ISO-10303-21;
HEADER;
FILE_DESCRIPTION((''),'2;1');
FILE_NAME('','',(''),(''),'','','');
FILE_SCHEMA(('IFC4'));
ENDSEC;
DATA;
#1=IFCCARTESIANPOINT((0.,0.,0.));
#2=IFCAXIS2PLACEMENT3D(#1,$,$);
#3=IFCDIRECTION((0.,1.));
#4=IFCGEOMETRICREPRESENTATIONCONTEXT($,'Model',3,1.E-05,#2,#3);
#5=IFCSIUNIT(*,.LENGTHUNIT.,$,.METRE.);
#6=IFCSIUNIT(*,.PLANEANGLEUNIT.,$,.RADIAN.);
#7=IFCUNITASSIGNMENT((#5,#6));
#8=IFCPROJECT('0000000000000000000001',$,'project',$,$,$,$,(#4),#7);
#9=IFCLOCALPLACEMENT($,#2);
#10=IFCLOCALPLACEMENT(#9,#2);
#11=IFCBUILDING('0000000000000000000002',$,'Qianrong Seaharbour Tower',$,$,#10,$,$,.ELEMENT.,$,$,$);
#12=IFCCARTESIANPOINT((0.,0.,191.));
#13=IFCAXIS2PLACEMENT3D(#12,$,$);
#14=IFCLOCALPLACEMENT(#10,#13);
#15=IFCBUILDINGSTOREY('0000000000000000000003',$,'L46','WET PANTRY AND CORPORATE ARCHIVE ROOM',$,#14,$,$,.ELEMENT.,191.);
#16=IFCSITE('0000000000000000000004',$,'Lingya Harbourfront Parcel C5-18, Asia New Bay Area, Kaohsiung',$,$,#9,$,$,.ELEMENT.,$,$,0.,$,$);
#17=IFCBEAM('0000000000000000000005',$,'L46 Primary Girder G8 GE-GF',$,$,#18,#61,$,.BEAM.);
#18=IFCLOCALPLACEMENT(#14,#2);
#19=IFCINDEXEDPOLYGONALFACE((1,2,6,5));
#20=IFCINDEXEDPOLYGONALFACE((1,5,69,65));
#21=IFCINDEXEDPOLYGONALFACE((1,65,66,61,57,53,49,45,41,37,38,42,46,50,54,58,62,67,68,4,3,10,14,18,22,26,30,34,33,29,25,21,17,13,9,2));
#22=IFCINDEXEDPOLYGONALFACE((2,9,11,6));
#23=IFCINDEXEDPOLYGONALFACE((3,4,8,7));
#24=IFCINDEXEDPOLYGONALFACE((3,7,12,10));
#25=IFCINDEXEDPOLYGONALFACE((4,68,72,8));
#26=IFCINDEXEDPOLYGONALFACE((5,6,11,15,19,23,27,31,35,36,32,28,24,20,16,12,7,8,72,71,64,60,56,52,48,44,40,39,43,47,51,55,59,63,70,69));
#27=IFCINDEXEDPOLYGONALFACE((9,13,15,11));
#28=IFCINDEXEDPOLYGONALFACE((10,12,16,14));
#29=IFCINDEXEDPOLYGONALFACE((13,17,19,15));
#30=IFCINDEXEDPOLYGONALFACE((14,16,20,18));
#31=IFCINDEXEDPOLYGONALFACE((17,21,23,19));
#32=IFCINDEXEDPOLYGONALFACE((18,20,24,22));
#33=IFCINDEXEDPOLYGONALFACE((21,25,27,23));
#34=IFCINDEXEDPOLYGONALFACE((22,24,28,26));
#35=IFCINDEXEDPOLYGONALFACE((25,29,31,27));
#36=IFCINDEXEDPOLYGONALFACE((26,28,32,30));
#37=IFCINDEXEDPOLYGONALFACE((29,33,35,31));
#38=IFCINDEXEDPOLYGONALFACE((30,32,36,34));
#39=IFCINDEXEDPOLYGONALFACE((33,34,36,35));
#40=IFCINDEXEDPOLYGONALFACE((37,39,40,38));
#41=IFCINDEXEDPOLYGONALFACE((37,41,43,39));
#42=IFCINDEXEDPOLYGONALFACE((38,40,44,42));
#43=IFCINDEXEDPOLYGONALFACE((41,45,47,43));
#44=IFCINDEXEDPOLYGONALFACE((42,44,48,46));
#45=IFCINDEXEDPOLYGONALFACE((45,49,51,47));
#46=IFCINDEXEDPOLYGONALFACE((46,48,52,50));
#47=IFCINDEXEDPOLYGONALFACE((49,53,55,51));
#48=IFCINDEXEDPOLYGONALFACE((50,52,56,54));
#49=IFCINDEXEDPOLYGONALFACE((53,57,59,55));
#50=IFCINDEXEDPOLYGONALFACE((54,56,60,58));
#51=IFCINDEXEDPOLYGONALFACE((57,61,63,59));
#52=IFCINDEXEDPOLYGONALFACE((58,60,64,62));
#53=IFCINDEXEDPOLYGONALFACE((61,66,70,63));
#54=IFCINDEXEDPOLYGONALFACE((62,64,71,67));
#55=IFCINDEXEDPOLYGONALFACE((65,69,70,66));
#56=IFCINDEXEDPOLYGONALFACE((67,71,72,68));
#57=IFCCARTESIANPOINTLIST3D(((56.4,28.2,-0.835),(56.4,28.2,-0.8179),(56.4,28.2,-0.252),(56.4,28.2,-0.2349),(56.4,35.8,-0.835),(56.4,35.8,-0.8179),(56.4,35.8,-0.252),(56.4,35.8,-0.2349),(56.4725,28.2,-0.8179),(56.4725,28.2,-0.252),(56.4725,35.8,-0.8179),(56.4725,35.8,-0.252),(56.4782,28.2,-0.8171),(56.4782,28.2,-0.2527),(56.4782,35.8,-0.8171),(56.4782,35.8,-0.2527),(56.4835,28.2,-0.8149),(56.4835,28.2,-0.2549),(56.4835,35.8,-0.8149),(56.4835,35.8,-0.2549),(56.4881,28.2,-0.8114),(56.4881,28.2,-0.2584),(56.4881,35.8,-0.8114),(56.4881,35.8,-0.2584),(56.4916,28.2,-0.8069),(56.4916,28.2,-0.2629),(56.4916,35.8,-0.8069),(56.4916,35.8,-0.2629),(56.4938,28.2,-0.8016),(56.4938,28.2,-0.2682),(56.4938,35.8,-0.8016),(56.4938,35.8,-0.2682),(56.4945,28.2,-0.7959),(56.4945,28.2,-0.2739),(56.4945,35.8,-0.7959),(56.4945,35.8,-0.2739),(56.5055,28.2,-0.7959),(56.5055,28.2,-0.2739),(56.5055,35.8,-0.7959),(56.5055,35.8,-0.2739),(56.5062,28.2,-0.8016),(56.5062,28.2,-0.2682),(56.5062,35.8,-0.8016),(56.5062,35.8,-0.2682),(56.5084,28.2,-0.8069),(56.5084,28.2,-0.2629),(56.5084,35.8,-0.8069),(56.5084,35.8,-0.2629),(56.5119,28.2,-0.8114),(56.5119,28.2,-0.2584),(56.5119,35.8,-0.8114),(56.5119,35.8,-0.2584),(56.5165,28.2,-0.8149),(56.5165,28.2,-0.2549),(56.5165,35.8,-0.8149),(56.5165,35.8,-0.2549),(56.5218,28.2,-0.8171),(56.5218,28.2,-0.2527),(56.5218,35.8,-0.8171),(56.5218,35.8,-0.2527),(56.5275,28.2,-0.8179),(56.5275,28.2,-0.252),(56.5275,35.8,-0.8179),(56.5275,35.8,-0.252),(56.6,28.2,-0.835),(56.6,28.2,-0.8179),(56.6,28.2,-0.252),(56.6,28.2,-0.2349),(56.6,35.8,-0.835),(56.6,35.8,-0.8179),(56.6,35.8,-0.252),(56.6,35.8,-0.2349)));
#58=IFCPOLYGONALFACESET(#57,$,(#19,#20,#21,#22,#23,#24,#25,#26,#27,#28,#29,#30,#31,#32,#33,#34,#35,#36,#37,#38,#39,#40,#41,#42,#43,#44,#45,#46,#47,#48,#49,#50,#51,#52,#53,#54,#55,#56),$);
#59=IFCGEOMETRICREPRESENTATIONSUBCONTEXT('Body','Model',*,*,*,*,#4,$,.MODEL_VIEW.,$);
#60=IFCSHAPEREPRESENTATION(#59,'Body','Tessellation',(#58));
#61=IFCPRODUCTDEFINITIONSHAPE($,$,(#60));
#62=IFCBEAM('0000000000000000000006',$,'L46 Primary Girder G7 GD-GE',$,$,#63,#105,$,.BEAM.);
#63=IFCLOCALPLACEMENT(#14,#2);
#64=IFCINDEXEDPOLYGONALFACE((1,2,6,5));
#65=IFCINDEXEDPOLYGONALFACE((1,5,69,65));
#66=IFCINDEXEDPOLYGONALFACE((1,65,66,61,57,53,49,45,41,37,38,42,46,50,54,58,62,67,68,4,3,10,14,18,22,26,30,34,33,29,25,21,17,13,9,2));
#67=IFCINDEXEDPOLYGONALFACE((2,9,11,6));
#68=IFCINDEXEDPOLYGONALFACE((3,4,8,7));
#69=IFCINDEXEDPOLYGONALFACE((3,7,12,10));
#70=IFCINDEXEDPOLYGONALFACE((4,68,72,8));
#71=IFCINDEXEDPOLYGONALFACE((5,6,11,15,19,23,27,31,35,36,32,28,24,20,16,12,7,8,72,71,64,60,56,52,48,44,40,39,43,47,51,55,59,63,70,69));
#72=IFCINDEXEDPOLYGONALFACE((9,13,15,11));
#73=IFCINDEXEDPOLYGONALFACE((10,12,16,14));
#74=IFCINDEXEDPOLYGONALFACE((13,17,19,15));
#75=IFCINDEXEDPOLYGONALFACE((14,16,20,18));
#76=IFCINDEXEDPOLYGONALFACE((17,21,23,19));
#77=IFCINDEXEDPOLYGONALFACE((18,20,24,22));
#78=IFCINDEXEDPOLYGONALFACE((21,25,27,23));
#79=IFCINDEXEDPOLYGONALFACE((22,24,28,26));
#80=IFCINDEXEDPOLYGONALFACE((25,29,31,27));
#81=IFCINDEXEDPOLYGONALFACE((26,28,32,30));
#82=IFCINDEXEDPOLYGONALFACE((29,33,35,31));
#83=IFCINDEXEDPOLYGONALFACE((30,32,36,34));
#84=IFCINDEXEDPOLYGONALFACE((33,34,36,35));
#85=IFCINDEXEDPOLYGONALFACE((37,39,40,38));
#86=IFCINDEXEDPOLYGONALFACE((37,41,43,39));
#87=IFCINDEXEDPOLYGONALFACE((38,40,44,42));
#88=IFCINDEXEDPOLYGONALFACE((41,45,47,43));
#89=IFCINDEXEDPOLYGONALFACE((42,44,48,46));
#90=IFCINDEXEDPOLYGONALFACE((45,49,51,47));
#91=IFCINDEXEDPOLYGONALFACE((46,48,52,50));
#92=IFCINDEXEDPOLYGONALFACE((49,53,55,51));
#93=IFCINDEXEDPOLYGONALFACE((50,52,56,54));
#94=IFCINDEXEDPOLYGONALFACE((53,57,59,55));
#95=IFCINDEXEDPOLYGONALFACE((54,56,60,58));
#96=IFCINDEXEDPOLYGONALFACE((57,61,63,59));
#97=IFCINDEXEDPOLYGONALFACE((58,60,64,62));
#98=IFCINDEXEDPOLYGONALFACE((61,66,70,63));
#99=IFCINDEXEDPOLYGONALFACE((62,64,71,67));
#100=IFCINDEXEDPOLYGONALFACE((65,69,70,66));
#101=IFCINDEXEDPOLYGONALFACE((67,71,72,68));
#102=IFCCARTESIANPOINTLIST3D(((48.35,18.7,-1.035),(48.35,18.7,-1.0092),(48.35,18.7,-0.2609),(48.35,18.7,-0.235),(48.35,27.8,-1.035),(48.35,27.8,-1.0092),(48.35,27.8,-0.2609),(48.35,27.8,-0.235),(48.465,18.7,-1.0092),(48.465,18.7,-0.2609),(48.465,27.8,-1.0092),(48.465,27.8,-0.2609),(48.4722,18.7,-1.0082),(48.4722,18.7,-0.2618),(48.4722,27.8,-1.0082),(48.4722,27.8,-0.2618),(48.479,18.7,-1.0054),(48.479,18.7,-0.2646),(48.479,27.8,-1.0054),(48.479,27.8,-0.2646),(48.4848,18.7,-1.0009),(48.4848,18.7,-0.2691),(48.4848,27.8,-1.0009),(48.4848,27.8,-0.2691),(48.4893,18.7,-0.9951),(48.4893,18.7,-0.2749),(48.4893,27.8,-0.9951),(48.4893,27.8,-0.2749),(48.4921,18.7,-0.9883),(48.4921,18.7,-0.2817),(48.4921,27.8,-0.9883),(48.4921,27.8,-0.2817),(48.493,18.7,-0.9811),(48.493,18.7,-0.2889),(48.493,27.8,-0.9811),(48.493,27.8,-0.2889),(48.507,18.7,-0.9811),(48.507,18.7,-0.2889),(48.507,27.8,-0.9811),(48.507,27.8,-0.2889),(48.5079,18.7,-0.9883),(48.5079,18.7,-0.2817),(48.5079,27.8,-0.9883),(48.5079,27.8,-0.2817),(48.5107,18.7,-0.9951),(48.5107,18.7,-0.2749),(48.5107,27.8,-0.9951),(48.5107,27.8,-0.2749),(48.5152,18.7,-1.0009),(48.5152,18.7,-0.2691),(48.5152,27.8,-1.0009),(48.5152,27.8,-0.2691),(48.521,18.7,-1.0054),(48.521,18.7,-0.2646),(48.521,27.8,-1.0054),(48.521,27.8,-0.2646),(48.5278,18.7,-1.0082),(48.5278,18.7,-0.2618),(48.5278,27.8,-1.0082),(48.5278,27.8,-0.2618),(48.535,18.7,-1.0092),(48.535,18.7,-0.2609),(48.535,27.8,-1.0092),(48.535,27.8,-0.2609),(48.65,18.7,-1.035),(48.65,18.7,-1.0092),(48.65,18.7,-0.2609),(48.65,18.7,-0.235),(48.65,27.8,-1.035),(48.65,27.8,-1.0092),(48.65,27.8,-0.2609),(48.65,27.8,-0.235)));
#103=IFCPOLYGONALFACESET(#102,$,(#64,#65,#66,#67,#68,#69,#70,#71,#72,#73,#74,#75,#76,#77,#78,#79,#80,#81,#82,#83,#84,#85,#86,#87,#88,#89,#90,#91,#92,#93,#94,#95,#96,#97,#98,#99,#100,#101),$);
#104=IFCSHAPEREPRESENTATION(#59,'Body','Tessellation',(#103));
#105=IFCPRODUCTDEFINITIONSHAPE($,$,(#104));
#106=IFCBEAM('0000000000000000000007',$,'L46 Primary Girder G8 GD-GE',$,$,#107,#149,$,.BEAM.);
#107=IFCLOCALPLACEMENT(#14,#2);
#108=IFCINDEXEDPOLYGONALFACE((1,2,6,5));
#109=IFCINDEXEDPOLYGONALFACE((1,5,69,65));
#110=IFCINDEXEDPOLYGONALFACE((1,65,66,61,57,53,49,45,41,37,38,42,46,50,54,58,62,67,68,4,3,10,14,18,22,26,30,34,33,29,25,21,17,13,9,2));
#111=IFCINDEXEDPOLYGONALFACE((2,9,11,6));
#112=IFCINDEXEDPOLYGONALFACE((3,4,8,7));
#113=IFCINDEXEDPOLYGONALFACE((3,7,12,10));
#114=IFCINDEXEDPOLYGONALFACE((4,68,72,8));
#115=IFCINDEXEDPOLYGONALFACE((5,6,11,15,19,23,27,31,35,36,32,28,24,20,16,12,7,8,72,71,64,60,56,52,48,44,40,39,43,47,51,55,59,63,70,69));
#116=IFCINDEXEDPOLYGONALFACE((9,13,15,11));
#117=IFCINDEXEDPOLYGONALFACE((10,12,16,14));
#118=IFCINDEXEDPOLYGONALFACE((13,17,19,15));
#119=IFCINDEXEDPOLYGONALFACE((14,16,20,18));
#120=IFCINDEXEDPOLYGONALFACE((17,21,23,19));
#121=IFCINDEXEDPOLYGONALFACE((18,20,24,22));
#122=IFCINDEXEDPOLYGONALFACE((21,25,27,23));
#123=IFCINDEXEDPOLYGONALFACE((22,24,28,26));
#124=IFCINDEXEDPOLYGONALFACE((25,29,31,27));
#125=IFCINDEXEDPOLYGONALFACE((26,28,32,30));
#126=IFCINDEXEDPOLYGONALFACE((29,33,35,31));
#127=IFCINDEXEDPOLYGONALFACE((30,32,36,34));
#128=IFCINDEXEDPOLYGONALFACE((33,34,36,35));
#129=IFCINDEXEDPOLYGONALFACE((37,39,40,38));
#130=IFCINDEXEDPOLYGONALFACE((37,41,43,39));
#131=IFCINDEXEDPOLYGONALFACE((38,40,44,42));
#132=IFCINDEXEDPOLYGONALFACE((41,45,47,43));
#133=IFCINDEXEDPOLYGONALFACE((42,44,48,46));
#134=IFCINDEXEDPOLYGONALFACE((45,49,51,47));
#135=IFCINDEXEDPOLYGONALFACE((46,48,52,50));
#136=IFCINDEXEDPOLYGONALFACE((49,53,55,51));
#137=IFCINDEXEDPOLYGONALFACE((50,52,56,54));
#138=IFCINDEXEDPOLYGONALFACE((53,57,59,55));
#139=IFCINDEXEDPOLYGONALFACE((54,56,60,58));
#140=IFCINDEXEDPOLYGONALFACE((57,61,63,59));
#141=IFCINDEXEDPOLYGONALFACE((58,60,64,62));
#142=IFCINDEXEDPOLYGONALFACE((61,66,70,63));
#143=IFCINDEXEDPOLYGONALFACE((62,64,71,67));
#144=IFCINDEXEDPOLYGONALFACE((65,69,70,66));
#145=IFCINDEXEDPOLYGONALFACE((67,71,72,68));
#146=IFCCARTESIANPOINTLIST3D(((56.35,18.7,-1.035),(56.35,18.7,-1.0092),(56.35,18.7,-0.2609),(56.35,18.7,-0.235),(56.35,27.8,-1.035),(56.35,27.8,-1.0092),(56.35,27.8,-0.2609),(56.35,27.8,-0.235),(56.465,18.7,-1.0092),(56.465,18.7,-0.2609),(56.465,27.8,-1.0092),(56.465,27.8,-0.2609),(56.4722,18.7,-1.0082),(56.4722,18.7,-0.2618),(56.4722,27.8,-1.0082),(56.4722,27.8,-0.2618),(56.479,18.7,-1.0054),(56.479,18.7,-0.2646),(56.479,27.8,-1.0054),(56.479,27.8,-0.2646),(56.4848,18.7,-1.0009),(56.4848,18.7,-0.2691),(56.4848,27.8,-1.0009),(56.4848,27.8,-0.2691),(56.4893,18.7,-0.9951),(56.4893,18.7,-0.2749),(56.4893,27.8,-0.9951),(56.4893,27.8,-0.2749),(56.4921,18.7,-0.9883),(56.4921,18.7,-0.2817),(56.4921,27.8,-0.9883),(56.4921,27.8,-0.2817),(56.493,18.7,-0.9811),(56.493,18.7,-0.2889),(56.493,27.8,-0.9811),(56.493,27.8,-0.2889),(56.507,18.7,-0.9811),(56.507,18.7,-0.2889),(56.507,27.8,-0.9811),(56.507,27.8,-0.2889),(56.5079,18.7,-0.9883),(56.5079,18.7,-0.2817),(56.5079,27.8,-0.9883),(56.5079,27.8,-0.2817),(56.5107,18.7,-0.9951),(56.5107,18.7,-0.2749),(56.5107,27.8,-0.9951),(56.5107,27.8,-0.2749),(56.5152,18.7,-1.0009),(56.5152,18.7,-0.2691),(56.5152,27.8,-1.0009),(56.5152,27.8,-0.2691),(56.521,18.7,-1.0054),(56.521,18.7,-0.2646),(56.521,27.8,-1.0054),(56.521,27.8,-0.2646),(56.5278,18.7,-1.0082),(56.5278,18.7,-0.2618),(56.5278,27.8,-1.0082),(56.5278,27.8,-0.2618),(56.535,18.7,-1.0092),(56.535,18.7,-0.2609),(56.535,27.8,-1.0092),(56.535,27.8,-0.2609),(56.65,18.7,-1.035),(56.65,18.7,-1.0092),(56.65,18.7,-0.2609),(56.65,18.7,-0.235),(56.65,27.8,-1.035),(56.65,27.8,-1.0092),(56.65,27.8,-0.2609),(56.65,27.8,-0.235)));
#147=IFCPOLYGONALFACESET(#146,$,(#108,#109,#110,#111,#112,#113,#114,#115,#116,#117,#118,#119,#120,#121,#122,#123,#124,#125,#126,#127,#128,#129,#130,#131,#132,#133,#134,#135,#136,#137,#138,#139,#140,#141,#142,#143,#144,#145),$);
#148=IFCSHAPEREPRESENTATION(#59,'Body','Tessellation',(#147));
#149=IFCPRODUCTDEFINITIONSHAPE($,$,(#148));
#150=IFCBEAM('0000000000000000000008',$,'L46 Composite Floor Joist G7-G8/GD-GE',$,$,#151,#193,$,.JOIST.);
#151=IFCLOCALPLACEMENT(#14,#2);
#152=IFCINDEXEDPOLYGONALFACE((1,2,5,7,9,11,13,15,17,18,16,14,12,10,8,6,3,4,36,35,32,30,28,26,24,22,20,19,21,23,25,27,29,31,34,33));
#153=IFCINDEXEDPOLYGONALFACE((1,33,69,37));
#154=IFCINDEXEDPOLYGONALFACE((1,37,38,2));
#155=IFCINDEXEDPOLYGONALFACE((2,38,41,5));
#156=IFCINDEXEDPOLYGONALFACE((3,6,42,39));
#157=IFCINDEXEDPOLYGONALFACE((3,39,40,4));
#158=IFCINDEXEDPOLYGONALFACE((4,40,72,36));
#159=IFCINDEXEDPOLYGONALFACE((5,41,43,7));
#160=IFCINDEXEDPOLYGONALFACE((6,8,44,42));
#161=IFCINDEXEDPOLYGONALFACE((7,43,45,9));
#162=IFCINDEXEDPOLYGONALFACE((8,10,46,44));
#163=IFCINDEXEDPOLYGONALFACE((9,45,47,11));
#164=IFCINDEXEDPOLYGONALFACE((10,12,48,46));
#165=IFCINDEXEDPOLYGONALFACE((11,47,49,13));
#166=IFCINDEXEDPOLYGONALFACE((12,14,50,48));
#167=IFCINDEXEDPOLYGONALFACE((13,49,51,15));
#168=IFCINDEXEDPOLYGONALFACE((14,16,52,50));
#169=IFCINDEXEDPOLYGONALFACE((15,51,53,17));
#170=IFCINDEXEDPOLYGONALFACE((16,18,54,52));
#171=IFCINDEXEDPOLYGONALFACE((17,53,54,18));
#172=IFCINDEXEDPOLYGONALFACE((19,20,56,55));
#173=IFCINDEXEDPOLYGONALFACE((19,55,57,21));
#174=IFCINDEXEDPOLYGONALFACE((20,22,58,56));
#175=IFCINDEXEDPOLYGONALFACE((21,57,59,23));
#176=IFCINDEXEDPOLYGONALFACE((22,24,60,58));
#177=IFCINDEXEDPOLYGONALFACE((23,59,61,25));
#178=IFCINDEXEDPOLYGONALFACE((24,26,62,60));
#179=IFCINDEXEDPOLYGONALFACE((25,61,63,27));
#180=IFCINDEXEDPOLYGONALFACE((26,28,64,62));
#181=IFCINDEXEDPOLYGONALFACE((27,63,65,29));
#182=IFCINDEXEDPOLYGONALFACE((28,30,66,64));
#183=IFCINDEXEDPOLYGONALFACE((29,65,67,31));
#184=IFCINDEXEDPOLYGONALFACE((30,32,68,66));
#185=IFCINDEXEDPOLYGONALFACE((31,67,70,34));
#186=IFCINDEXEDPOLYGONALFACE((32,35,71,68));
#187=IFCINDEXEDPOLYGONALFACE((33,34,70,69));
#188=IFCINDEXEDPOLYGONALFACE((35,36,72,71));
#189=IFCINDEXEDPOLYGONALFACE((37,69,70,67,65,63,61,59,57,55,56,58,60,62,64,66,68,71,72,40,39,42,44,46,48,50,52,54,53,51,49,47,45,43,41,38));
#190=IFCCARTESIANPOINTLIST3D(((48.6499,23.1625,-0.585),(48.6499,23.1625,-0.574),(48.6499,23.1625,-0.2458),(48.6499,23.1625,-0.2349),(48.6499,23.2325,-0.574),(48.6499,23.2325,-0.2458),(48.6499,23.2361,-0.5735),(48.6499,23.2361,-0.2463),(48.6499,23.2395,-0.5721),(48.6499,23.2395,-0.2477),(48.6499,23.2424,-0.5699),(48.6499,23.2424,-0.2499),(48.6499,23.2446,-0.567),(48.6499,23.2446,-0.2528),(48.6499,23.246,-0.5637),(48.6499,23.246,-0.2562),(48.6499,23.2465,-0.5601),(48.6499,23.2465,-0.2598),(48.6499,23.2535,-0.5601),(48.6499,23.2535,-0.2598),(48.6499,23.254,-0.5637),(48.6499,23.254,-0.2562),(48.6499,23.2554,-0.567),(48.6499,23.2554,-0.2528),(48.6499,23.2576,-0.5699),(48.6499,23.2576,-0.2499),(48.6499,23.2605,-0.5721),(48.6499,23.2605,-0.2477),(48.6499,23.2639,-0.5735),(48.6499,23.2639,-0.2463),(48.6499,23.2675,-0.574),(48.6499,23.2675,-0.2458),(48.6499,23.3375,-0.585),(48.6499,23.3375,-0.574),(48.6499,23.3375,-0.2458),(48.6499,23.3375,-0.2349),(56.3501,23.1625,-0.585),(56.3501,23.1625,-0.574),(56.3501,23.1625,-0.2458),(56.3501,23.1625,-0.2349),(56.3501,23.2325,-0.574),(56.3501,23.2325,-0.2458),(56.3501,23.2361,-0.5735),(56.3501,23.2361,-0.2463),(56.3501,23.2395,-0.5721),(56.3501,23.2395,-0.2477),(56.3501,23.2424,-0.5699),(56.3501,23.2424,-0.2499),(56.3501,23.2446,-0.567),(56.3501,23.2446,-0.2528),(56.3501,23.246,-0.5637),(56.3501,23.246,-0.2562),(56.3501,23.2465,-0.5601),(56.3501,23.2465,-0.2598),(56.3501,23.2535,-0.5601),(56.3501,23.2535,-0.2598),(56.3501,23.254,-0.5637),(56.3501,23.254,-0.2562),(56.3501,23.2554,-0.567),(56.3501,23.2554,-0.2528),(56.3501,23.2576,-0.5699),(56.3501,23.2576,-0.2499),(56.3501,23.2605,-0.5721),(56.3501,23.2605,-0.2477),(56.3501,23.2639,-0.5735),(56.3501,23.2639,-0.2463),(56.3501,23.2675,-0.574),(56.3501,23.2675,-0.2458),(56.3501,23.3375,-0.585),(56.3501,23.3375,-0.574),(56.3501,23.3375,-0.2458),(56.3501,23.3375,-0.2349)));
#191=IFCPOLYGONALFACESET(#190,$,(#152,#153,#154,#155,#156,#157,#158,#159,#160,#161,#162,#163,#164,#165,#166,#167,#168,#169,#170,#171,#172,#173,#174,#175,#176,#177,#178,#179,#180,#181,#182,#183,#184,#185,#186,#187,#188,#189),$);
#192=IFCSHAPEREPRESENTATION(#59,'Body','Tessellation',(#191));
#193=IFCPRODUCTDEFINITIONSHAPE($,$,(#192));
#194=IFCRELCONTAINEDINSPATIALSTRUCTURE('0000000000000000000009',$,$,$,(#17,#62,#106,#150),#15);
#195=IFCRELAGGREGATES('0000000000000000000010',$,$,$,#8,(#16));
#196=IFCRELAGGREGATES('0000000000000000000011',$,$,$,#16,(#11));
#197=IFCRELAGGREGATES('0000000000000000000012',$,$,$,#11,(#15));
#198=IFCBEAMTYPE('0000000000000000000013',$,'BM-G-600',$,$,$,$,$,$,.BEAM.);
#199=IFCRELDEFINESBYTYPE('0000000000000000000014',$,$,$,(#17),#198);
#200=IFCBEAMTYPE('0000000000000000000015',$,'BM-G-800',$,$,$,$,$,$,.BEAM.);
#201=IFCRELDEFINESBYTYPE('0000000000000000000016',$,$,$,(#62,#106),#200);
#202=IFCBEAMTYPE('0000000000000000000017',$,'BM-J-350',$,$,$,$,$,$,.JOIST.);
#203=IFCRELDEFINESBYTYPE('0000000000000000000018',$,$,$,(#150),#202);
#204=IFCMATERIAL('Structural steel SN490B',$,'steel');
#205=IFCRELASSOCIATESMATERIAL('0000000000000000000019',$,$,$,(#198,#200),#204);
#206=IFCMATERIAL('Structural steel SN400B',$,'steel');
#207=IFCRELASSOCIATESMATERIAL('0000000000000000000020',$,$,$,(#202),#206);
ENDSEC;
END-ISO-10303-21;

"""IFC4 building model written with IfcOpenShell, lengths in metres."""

from ifc_helpers import new_model, si_unit, direction, frame, origin, origin_2d, place, context, subcontext, project, spatial, i_section, extrude, material, material_profile, profile_set, type_object, element, save


model = new_model("IFC4")

# Units and contexts
model_context = context("Model", 3, precision=1e-05, world=origin(), true_north=direction((0.0, 1.0)))
body_context = subcontext(model_context, "Body", "Model", "MODEL_VIEW")
ifc_project = project(units=[si_unit("LENGTHUNIT", "METRE"), si_unit("PLANEANGLEUNIT", "RADIAN")], contexts=[model_context])

# Site, building, storey
site_placement = place(None, origin())
site = spatial("IfcSite", under=ifc_project, at=site_placement, Name="Lingya Harbourfront Parcel C5-18, Asia New Bay Area, Kaohsiung", CompositionType="ELEMENT", RefElevation=0.0)
building_placement = place(site_placement, origin())
building = spatial("IfcBuilding", under=site, at=building_placement, Name="Qianrong Seaharbour Tower", CompositionType="ELEMENT")
storey_placement = place(building_placement, frame((0.0, 0.0, 191.0)))
storey = spatial("IfcBuildingStorey", under=building, at=storey_placement, Name="L46", Description="WET PANTRY AND CORPORATE ARCHIVE ROOM", CompositionType="ELEMENT", Elevation=191.0)

# Shared definitions
ifc_material_1 = material(Name="Structural steel SN490B", Category="steel")

# Beams
ifc_material_profile_1 = material_profile(ifc_material_1, i_section(OverallWidth=0.2, OverallDepth=0.6001, WebThickness=0.011, FlangeThickness=0.0171, FilletRadius=0.022, at=origin_2d()), Name="H600x200x11x17")
ifc_profile_set_1 = profile_set([ifc_material_profile_1], Name="Structural steel SN490B")
beam_type_1 = type_object("IfcBeamType", Name="BM-G-600", PredefinedType="BEAM", material=ifc_profile_set_1)
for number, where, z_axis, x_axis, name in (
    (1, (56.5, 28.2, -0.5349), (0.0, 1.0, 0.0), (-1.0, 0.0, 0.0), "L46 Primary Girder G8 GE-GF"),
):
    element("IfcBeam", number, at=place(storey_placement, frame(where, z_axis=z_axis, x_axis=x_axis)), inside=storey, type_object=beam_type_1, Name=name, PredefinedType="BEAM", context=body_context, shape_type="SweptSolid", body=[
        extrude(i_section(OverallWidth=0.2, OverallDepth=0.6001, WebThickness=0.011, FlangeThickness=0.0171, FilletRadius=0.022, at=origin_2d()), origin(), (0.0, 0.0, 1.0), 7.6001),
    ])
ifc_material_profile_2 = material_profile(ifc_material_1, i_section(OverallWidth=0.3, OverallDepth=0.8, WebThickness=0.0139, FlangeThickness=0.0259, FilletRadius=0.0281, at=origin_2d()), Name="H800x300x14x26")
ifc_profile_set_2 = profile_set([ifc_material_profile_2], Name="Structural steel SN490B")
beam_type_2 = type_object("IfcBeamType", Name="BM-G-800", PredefinedType="BEAM", material=ifc_profile_set_2)
for number, where, z_axis, x_axis, name in (
    (2, (48.5, 18.7, -0.635), (0.0, 1.0, 0.0), (-1.0, 0.0, 0.0), "L46 Primary Girder G7 GD-GE"),
    (3, (56.5, 18.7, -0.635), (0.0, 1.0, 0.0), (-1.0, 0.0, 0.0), "L46 Primary Girder G8 GD-GE"),
):
    element("IfcBeam", number, at=place(storey_placement, frame(where, z_axis=z_axis, x_axis=x_axis)), inside=storey, type_object=beam_type_2, Name=name, PredefinedType="BEAM", context=body_context, shape_type="SweptSolid", body=[
        extrude(i_section(OverallWidth=0.3, OverallDepth=0.8, WebThickness=0.0139, FlangeThickness=0.0259, FilletRadius=0.0281, at=origin_2d()), origin(), (0.0, 0.0, 1.0), 9.1001),
    ])
ifc_material_2 = material(Name="Structural steel SN400B", Category="steel")
ifc_material_profile_3 = material_profile(ifc_material_2, i_section(OverallWidth=0.175, OverallDepth=0.3501, WebThickness=0.0071, FlangeThickness=0.011, FilletRadius=0.0139, at=origin_2d()), Name="H350x175x7x11")
ifc_profile_set_3 = profile_set([ifc_material_profile_3], Name="Structural steel SN400B")
beam_type_3 = type_object("IfcBeamType", Name="BM-J-350", PredefinedType="JOIST", material=ifc_profile_set_3)
beam_1_placement = place(storey_placement, frame((48.6499, 23.25, -0.4099), z_axis=(1.0, 0.0, 0.0), x_axis=(0.0, 1.0, 0.0)))
element("IfcBeam", 4, at=beam_1_placement, inside=storey, type_object=beam_type_3, Name="L46 Composite Floor Joist G7-G8/GD-GE", PredefinedType="JOIST", context=body_context, shape_type="SweptSolid", body=[
    extrude(i_section(OverallWidth=0.175, OverallDepth=0.3501, WebThickness=0.0071, FlangeThickness=0.011, FilletRadius=0.0139, at=origin_2d()), origin(), (0.0, 0.0, 1.0), 7.7002),
])

save(model, "model.ifc")
